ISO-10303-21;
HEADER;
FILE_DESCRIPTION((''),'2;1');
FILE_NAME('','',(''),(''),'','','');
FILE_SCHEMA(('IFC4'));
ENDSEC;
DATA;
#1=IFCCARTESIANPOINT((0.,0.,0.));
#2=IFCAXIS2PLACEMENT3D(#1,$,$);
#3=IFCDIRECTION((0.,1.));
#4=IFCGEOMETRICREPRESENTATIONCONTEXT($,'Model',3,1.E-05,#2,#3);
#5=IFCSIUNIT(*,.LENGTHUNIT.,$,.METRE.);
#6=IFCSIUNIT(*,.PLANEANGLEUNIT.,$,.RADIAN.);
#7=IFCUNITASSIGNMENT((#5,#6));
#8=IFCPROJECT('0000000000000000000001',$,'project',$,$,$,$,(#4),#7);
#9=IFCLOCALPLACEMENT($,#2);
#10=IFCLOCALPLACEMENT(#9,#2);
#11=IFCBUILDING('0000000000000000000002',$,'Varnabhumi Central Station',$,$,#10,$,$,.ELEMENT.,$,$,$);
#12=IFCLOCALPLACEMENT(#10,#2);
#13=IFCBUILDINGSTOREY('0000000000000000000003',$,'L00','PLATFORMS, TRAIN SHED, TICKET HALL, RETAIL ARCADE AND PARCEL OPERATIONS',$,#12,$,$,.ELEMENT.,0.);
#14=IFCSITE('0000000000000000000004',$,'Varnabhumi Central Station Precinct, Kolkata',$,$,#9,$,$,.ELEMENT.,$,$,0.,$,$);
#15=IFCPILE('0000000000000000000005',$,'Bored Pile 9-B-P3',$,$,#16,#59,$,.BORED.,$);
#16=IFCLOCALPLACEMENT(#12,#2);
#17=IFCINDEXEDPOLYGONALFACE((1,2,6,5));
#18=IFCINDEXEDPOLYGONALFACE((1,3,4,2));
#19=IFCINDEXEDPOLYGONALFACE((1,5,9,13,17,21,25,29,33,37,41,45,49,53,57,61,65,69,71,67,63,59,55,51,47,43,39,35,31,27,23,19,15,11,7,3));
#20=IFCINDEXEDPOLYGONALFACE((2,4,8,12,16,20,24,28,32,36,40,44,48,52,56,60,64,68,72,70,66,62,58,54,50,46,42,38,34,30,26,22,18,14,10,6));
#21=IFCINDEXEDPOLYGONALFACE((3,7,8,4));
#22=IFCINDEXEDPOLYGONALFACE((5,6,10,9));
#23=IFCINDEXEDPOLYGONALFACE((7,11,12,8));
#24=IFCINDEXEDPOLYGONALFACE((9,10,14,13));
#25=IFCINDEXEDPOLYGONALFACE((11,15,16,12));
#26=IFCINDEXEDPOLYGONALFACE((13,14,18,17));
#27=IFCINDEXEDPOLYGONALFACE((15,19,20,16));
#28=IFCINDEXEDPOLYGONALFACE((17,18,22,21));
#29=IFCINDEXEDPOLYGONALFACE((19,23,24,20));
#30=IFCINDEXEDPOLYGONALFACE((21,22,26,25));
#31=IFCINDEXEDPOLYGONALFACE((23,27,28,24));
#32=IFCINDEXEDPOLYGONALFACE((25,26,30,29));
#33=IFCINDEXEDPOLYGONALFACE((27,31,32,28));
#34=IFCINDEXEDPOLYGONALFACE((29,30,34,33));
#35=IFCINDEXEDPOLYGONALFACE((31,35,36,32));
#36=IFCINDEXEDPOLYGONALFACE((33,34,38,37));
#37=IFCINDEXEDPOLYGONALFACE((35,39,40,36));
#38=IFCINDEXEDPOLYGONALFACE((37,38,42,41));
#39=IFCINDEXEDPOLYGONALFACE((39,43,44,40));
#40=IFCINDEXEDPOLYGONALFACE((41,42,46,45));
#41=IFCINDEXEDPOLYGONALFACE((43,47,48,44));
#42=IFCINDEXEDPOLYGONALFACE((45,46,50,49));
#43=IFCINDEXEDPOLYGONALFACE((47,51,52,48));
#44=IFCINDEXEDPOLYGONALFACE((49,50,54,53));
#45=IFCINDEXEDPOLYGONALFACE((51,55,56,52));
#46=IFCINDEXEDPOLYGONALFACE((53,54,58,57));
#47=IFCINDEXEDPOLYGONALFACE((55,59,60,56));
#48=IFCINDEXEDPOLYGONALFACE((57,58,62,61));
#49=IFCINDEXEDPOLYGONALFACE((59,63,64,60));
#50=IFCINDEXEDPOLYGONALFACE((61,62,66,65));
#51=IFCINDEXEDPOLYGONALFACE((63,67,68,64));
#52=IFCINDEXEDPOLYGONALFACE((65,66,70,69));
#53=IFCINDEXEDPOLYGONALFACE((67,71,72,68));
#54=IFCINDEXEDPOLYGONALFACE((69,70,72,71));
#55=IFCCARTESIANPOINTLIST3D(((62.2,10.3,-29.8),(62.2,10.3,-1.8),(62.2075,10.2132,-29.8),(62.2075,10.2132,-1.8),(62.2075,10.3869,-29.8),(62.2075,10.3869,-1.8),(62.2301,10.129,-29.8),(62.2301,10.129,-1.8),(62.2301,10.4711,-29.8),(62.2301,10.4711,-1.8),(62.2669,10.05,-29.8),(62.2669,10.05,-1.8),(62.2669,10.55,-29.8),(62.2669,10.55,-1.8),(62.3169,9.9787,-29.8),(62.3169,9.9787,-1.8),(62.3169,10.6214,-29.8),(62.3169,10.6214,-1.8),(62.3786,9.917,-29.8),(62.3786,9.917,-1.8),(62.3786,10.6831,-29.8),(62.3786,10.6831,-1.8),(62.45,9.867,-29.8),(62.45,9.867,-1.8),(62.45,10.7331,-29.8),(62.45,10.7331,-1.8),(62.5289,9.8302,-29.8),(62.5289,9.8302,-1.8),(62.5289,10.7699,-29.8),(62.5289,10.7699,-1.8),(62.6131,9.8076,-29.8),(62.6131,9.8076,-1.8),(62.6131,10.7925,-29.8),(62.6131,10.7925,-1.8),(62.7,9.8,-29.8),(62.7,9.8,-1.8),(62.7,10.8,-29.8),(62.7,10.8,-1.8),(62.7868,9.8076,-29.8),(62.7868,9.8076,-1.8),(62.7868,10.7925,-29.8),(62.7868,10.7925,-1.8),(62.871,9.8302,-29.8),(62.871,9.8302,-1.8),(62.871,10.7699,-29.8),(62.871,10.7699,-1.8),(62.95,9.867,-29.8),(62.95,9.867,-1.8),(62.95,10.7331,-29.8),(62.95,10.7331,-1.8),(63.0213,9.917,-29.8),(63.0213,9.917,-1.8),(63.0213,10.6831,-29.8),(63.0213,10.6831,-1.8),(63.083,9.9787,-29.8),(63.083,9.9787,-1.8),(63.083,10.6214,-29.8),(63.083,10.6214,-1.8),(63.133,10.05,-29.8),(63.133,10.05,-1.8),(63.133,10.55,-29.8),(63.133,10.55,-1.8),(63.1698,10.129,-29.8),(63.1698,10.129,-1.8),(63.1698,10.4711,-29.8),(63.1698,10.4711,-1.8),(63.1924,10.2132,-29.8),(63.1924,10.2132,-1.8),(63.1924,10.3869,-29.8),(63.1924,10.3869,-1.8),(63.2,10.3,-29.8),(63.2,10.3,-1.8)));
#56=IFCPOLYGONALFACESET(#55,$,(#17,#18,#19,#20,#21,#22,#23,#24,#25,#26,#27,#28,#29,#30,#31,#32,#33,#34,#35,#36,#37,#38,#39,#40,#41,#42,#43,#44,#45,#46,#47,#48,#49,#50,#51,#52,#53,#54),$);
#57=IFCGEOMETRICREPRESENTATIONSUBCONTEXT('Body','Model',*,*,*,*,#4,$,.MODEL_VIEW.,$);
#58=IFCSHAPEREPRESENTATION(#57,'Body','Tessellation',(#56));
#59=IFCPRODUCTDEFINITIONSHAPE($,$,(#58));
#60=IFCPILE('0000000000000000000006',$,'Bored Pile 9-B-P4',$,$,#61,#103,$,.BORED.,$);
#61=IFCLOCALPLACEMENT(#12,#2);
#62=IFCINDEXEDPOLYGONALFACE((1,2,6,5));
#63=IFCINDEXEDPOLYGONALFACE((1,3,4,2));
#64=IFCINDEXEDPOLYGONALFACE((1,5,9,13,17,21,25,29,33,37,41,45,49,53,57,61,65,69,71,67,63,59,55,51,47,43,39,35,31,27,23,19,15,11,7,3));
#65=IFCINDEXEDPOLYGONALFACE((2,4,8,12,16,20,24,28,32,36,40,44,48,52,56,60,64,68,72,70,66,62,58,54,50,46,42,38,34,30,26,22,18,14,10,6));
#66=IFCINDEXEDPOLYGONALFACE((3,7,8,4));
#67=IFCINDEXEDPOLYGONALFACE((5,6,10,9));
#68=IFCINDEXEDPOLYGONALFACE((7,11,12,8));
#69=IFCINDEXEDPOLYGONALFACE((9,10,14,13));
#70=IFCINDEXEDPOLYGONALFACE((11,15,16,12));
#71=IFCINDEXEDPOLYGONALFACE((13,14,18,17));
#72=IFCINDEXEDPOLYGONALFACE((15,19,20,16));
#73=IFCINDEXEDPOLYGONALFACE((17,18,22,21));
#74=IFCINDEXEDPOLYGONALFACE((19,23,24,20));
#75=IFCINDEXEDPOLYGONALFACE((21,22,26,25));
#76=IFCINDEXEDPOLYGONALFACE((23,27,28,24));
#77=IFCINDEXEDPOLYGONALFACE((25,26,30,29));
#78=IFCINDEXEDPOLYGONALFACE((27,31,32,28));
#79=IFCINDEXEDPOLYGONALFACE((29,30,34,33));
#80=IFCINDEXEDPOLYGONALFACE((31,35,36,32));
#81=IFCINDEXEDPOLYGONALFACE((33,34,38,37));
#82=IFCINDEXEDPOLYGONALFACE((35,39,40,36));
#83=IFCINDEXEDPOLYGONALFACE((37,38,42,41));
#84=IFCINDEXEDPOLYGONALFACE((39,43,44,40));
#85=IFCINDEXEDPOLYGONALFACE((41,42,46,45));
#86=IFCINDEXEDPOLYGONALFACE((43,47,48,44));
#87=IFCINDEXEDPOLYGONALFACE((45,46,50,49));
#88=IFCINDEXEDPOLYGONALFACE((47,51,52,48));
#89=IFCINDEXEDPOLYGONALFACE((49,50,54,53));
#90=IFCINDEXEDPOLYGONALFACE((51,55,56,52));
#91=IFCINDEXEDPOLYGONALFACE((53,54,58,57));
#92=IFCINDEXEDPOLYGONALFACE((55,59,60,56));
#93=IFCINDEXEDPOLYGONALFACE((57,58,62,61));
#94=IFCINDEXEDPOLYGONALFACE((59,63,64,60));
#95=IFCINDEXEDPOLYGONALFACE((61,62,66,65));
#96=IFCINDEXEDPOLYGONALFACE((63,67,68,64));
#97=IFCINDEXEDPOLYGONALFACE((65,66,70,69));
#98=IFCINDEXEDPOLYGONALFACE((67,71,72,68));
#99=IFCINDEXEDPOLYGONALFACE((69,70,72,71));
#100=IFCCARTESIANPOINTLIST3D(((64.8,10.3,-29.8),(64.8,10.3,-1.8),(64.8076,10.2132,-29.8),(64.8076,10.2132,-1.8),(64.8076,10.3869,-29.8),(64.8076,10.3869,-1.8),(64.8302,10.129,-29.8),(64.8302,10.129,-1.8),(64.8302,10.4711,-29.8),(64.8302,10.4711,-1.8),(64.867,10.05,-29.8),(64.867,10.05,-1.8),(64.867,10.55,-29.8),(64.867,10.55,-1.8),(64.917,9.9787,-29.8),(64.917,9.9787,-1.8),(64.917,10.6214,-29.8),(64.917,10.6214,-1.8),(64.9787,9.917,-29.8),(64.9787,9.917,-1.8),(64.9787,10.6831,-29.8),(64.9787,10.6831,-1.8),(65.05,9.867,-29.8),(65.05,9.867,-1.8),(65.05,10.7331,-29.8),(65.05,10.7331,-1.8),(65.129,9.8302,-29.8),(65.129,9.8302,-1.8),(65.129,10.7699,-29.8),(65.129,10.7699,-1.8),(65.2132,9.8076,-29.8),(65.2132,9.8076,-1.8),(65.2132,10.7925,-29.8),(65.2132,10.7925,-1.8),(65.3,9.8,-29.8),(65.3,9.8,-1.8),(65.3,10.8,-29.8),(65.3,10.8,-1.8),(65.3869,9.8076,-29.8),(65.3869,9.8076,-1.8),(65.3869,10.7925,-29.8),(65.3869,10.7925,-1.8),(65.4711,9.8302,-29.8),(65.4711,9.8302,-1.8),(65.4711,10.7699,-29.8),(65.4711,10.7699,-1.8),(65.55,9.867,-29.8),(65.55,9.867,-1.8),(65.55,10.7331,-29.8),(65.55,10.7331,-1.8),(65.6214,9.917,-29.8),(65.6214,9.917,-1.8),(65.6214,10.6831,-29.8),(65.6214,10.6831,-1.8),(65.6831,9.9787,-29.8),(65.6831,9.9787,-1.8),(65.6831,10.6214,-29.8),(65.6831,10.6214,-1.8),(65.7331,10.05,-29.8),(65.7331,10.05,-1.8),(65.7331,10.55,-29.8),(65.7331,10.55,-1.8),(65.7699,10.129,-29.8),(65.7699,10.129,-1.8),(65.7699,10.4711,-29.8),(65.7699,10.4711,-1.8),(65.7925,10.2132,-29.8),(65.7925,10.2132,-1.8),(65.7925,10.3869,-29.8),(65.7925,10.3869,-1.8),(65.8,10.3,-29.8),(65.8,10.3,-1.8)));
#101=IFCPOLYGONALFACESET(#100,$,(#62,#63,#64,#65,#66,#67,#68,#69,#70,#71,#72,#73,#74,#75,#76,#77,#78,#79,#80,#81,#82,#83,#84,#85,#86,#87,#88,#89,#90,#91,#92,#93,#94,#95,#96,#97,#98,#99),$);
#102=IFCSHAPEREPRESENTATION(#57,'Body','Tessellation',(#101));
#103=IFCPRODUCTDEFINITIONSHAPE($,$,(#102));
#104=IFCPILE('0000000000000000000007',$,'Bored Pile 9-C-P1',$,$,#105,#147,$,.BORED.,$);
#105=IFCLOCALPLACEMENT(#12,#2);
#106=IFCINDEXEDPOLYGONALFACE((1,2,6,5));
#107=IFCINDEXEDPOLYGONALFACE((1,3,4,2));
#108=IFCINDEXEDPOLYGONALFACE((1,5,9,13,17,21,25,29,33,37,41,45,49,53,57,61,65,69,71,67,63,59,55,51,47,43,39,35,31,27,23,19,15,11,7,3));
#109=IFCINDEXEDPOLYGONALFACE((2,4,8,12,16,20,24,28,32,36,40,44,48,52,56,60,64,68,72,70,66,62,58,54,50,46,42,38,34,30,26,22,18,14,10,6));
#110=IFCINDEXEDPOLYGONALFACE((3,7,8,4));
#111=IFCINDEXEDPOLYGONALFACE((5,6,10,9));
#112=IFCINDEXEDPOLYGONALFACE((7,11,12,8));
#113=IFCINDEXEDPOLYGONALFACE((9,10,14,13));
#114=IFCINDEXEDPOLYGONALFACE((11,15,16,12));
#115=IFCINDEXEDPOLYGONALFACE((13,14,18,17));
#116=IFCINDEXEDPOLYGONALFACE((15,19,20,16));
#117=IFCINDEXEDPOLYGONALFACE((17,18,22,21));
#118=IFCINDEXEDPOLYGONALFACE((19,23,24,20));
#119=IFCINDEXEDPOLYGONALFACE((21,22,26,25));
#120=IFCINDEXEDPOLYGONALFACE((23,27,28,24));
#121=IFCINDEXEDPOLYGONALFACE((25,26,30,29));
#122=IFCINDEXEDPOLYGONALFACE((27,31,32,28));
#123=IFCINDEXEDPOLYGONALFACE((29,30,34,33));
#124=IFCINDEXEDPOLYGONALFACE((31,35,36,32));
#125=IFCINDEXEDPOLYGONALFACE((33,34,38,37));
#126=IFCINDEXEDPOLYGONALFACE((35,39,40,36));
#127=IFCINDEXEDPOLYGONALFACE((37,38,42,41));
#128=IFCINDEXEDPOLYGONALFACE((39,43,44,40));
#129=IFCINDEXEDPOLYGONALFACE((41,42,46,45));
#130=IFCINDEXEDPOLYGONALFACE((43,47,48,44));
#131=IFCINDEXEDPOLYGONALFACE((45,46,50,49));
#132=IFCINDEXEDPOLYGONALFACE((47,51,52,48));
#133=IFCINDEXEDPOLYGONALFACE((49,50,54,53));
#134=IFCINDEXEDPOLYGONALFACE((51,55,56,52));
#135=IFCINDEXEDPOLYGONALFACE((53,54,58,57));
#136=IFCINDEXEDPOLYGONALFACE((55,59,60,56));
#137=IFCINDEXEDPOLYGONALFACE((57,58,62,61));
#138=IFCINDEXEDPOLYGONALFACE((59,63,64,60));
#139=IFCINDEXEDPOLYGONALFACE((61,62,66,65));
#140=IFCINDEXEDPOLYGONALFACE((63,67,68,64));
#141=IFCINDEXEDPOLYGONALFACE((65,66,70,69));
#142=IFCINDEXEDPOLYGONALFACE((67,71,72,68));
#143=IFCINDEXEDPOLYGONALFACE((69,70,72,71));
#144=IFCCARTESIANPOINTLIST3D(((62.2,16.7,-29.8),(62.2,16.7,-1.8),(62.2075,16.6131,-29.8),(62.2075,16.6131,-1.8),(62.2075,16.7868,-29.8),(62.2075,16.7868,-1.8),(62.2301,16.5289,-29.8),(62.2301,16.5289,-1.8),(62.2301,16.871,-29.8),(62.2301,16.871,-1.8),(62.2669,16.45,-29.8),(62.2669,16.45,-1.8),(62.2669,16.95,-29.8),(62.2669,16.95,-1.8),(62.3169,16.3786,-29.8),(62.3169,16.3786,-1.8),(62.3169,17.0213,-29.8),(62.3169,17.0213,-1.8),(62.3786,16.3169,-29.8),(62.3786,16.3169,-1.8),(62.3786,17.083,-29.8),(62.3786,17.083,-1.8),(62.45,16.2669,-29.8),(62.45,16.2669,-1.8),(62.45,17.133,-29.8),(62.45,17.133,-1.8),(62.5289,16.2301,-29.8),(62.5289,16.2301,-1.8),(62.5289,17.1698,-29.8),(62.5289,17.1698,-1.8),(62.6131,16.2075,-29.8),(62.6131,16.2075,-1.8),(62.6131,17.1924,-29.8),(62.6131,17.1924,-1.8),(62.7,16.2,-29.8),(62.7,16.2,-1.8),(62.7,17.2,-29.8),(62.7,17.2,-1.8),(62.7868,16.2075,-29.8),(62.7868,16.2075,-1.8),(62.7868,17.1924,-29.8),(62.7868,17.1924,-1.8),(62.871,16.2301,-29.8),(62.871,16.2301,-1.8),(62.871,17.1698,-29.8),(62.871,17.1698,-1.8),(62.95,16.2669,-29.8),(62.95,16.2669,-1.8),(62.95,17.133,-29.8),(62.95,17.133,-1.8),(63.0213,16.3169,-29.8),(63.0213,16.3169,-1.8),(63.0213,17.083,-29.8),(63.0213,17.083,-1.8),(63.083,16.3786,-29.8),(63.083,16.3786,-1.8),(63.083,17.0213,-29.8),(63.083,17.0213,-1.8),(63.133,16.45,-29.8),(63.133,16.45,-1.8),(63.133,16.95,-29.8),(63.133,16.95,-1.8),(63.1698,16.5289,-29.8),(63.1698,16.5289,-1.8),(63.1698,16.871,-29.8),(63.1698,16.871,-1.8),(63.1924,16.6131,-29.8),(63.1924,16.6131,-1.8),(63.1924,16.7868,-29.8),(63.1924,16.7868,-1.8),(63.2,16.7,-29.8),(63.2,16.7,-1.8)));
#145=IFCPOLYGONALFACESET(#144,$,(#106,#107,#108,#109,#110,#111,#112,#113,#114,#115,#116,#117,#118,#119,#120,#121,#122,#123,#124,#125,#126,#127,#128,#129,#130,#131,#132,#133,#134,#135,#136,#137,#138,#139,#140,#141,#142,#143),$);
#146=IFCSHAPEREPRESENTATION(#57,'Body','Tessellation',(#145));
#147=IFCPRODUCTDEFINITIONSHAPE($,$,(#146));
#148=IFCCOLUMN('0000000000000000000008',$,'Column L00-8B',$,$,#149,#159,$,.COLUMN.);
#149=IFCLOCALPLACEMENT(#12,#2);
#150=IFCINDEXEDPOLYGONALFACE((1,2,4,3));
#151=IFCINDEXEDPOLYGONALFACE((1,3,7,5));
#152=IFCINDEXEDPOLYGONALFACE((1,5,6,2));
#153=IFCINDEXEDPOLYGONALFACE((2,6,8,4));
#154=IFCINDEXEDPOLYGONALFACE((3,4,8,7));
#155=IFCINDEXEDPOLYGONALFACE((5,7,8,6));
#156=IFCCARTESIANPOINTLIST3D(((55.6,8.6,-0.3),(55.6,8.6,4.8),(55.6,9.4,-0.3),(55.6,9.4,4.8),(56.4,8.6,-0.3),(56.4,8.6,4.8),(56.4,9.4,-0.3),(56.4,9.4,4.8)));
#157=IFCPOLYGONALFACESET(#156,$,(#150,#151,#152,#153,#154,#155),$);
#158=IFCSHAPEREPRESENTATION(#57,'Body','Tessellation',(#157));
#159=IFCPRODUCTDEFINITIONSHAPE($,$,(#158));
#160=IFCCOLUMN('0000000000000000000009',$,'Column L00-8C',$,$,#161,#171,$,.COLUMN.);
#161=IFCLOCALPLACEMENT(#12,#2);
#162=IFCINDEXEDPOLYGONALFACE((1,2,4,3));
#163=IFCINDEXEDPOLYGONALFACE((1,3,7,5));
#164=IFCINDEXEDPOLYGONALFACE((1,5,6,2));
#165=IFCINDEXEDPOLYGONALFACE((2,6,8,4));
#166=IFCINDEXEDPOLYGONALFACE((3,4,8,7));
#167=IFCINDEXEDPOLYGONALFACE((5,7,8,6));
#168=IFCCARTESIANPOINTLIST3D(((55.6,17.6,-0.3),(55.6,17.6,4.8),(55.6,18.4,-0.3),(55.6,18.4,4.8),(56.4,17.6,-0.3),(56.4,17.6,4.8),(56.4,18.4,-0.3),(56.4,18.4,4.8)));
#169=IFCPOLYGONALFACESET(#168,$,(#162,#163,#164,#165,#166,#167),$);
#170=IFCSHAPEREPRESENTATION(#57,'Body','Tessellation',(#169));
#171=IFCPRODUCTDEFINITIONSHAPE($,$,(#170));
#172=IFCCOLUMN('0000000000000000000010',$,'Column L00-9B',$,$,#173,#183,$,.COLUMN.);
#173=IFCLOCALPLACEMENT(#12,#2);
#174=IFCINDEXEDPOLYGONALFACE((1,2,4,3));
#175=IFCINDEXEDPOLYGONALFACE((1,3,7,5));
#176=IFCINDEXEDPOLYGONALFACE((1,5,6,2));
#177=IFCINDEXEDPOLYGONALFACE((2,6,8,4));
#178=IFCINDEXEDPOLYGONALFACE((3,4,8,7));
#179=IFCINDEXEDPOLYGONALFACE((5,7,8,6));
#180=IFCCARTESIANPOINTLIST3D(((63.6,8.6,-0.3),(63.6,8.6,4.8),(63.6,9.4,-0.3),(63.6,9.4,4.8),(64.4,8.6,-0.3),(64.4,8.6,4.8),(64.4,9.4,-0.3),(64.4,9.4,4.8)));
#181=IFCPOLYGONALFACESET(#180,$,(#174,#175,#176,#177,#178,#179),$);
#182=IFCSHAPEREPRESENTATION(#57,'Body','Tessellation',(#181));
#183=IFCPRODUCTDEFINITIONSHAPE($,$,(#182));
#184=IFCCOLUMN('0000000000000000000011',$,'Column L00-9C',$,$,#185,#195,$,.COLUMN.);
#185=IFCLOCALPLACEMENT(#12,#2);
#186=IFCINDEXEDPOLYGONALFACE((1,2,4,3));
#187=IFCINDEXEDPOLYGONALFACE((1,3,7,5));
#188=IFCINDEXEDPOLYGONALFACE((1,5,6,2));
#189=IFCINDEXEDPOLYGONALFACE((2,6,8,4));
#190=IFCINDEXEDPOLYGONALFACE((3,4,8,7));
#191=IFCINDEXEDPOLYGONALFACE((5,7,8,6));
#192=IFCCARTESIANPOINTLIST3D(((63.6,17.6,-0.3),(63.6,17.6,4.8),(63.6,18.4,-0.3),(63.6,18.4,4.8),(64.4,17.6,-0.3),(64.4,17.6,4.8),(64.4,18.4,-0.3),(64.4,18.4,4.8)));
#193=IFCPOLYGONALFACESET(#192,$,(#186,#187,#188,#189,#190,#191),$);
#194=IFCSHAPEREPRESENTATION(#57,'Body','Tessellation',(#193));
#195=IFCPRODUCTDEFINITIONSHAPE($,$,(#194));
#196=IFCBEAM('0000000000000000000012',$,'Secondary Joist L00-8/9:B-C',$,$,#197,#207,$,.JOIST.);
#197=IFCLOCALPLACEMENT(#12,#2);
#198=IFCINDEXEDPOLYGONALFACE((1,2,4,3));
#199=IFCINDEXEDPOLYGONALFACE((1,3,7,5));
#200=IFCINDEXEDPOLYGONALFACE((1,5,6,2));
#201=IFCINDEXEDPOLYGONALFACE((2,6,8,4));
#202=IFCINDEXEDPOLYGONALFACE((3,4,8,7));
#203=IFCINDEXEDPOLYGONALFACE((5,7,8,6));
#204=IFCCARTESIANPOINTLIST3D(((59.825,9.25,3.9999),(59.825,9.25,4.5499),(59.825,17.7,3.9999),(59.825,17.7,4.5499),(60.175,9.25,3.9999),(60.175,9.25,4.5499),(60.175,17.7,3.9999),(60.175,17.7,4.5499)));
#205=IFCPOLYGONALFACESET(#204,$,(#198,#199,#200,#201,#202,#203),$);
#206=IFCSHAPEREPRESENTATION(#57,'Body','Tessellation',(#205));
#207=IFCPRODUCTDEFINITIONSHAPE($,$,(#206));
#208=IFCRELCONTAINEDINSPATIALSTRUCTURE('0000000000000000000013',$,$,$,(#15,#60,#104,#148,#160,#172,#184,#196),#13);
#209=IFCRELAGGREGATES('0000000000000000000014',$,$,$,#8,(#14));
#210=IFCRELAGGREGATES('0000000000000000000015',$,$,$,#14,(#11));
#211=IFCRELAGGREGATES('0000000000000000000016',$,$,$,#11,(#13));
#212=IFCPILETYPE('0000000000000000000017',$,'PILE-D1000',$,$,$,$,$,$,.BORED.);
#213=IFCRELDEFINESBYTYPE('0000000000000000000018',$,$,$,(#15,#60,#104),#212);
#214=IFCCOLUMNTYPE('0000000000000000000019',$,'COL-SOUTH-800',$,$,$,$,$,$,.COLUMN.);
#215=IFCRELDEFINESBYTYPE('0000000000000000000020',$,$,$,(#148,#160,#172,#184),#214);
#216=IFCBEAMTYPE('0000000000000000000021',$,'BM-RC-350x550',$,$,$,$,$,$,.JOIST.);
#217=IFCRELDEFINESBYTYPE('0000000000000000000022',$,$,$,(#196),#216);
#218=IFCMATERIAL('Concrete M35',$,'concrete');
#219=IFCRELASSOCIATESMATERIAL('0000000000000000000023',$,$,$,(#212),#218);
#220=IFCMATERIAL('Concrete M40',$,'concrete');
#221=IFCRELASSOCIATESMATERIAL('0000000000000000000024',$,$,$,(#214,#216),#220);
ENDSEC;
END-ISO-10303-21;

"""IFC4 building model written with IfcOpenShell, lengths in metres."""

from ifc_helpers import new_model, si_unit, direction, frame, origin, origin_2d, place, context, subcontext, project, spatial, rectangle, circle, extrude, material, material_profile, profile_set, type_object, element, save


model = new_model("IFC4")

# Units and contexts
model_context = context("Model", 3, precision=1e-05, world=origin(), true_north=direction((0.0, 1.0)))
body_context = subcontext(model_context, "Body", "Model", "MODEL_VIEW")
ifc_project = project(units=[si_unit("LENGTHUNIT", "METRE"), si_unit("PLANEANGLEUNIT", "RADIAN")], contexts=[model_context])

# Site, building, storey
site_placement = place(None, origin())
site = spatial("IfcSite", under=ifc_project, at=site_placement, Name="Varnabhumi Central Station Precinct, Kolkata", CompositionType="ELEMENT", RefElevation=0.0)
building_placement = place(site_placement, origin())
building = spatial("IfcBuilding", under=site, at=building_placement, Name="Varnabhumi Central Station", CompositionType="ELEMENT")
storey_placement = place(building_placement, origin())
storey = spatial("IfcBuildingStorey", under=building, at=storey_placement, Name="L00", Description="PLATFORMS, TRAIN SHED, TICKET HALL, RETAIL ARCADE AND PARCEL OPERATIONS", CompositionType="ELEMENT", Elevation=0.0)

# Shared definitions
ifc_material_1 = material(Name="Concrete M40", Category="concrete")

# Piles
ifc_material_2 = material(Name="Concrete M35", Category="concrete")
ifc_material_profile_1 = material_profile(ifc_material_2, circle(Radius=0.5, at=origin_2d()), Name="Concrete M35", Category="concrete")
ifc_profile_set_1 = profile_set([ifc_material_profile_1], Name="Concrete M35")
pile_type = type_object("IfcPileType", Name="PILE-D1000", PredefinedType="BORED", material=ifc_profile_set_1)
for number, where, z_axis, x_axis, name in (
    (1, (62.7, 10.3, -1.8), (0.0, 0.0, -1.0), (1.0, 0.0, 0.0), "Bored Pile 9-B-P3"),
    (2, (65.3, 10.3, -1.8), (0.0, 0.0, -1.0), (1.0, 0.0, 0.0), "Bored Pile 9-B-P4"),
    (3, (62.7, 16.7, -1.8), (0.0, 0.0, -1.0), (1.0, 0.0, 0.0), "Bored Pile 9-C-P1"),
):
    element("IfcPile", number, at=place(storey_placement, frame(where, z_axis=z_axis, x_axis=x_axis)), inside=storey, type_object=pile_type, Name=name, PredefinedType="BORED", context=body_context, shape_type="SweptSolid", body=[
        extrude(circle(Radius=0.5, at=origin_2d()), origin(), (0.0, 0.0, 1.0), 28.0),
    ])

# Columns
ifc_material_profile_2 = material_profile(ifc_material_1, rectangle(XDim=0.8, YDim=0.8, at=origin_2d()), Name="Concrete M40", Category="concrete")
ifc_profile_set_2 = profile_set([ifc_material_profile_2], Name="Concrete M40")
column_type = type_object("IfcColumnType", Name="COL-SOUTH-800", PredefinedType="COLUMN", material=ifc_profile_set_2)
for number, where, z_axis, x_axis, name in (
    (4, (56.0, 9.0, -0.3), (0.0, 0.0, 1.0), (1.0, 0.0, 0.0), "Column L00-8B"),
    (5, (56.0, 18.0, -0.3), (0.0, 0.0, 1.0), (1.0, 0.0, 0.0), "Column L00-8C"),
    (6, (64.0, 9.0, -0.3), (0.0, 0.0, 1.0), (1.0, 0.0, 0.0), "Column L00-9B"),
    (7, (64.0, 18.0, -0.3), (0.0, 0.0, 1.0), (1.0, 0.0, 0.0), "Column L00-9C"),
):
    element("IfcColumn", number, at=place(storey_placement, frame(where, z_axis=z_axis, x_axis=x_axis)), inside=storey, type_object=column_type, Name=name, PredefinedType="COLUMN", context=body_context, shape_type="SweptSolid", body=[
        extrude(rectangle(XDim=0.8, YDim=0.8, at=origin_2d()), origin(), (0.0, 0.0, 1.0), 5.1001),
    ])

# Beam
ifc_material_profile_3 = material_profile(ifc_material_1, rectangle(XDim=0.3501, YDim=0.55, at=origin_2d()), Name="Concrete M40", Category="concrete")
ifc_profile_set_3 = profile_set([ifc_material_profile_3], Name="Concrete M40")
beam_type_1 = type_object("IfcBeamType", Name="BM-RC-350x550", PredefinedType="JOIST", material=ifc_profile_set_3)
beam_placement = place(storey_placement, frame((60.0, 9.25, 4.2749), z_axis=(0.0, 1.0, 0.0), x_axis=(-1.0, 0.0, 0.0)))
element("IfcBeam", 8, at=beam_placement, inside=storey, type_object=beam_type_1, Name="Secondary Joist L00-8/9:B-C", PredefinedType="JOIST", context=body_context, shape_type="SweptSolid", body=[
    extrude(rectangle(XDim=0.3501, YDim=0.55, at=origin_2d()), origin(), (0.0, 0.0, 1.0), 8.45),
])

save(model, "model.ifc")
